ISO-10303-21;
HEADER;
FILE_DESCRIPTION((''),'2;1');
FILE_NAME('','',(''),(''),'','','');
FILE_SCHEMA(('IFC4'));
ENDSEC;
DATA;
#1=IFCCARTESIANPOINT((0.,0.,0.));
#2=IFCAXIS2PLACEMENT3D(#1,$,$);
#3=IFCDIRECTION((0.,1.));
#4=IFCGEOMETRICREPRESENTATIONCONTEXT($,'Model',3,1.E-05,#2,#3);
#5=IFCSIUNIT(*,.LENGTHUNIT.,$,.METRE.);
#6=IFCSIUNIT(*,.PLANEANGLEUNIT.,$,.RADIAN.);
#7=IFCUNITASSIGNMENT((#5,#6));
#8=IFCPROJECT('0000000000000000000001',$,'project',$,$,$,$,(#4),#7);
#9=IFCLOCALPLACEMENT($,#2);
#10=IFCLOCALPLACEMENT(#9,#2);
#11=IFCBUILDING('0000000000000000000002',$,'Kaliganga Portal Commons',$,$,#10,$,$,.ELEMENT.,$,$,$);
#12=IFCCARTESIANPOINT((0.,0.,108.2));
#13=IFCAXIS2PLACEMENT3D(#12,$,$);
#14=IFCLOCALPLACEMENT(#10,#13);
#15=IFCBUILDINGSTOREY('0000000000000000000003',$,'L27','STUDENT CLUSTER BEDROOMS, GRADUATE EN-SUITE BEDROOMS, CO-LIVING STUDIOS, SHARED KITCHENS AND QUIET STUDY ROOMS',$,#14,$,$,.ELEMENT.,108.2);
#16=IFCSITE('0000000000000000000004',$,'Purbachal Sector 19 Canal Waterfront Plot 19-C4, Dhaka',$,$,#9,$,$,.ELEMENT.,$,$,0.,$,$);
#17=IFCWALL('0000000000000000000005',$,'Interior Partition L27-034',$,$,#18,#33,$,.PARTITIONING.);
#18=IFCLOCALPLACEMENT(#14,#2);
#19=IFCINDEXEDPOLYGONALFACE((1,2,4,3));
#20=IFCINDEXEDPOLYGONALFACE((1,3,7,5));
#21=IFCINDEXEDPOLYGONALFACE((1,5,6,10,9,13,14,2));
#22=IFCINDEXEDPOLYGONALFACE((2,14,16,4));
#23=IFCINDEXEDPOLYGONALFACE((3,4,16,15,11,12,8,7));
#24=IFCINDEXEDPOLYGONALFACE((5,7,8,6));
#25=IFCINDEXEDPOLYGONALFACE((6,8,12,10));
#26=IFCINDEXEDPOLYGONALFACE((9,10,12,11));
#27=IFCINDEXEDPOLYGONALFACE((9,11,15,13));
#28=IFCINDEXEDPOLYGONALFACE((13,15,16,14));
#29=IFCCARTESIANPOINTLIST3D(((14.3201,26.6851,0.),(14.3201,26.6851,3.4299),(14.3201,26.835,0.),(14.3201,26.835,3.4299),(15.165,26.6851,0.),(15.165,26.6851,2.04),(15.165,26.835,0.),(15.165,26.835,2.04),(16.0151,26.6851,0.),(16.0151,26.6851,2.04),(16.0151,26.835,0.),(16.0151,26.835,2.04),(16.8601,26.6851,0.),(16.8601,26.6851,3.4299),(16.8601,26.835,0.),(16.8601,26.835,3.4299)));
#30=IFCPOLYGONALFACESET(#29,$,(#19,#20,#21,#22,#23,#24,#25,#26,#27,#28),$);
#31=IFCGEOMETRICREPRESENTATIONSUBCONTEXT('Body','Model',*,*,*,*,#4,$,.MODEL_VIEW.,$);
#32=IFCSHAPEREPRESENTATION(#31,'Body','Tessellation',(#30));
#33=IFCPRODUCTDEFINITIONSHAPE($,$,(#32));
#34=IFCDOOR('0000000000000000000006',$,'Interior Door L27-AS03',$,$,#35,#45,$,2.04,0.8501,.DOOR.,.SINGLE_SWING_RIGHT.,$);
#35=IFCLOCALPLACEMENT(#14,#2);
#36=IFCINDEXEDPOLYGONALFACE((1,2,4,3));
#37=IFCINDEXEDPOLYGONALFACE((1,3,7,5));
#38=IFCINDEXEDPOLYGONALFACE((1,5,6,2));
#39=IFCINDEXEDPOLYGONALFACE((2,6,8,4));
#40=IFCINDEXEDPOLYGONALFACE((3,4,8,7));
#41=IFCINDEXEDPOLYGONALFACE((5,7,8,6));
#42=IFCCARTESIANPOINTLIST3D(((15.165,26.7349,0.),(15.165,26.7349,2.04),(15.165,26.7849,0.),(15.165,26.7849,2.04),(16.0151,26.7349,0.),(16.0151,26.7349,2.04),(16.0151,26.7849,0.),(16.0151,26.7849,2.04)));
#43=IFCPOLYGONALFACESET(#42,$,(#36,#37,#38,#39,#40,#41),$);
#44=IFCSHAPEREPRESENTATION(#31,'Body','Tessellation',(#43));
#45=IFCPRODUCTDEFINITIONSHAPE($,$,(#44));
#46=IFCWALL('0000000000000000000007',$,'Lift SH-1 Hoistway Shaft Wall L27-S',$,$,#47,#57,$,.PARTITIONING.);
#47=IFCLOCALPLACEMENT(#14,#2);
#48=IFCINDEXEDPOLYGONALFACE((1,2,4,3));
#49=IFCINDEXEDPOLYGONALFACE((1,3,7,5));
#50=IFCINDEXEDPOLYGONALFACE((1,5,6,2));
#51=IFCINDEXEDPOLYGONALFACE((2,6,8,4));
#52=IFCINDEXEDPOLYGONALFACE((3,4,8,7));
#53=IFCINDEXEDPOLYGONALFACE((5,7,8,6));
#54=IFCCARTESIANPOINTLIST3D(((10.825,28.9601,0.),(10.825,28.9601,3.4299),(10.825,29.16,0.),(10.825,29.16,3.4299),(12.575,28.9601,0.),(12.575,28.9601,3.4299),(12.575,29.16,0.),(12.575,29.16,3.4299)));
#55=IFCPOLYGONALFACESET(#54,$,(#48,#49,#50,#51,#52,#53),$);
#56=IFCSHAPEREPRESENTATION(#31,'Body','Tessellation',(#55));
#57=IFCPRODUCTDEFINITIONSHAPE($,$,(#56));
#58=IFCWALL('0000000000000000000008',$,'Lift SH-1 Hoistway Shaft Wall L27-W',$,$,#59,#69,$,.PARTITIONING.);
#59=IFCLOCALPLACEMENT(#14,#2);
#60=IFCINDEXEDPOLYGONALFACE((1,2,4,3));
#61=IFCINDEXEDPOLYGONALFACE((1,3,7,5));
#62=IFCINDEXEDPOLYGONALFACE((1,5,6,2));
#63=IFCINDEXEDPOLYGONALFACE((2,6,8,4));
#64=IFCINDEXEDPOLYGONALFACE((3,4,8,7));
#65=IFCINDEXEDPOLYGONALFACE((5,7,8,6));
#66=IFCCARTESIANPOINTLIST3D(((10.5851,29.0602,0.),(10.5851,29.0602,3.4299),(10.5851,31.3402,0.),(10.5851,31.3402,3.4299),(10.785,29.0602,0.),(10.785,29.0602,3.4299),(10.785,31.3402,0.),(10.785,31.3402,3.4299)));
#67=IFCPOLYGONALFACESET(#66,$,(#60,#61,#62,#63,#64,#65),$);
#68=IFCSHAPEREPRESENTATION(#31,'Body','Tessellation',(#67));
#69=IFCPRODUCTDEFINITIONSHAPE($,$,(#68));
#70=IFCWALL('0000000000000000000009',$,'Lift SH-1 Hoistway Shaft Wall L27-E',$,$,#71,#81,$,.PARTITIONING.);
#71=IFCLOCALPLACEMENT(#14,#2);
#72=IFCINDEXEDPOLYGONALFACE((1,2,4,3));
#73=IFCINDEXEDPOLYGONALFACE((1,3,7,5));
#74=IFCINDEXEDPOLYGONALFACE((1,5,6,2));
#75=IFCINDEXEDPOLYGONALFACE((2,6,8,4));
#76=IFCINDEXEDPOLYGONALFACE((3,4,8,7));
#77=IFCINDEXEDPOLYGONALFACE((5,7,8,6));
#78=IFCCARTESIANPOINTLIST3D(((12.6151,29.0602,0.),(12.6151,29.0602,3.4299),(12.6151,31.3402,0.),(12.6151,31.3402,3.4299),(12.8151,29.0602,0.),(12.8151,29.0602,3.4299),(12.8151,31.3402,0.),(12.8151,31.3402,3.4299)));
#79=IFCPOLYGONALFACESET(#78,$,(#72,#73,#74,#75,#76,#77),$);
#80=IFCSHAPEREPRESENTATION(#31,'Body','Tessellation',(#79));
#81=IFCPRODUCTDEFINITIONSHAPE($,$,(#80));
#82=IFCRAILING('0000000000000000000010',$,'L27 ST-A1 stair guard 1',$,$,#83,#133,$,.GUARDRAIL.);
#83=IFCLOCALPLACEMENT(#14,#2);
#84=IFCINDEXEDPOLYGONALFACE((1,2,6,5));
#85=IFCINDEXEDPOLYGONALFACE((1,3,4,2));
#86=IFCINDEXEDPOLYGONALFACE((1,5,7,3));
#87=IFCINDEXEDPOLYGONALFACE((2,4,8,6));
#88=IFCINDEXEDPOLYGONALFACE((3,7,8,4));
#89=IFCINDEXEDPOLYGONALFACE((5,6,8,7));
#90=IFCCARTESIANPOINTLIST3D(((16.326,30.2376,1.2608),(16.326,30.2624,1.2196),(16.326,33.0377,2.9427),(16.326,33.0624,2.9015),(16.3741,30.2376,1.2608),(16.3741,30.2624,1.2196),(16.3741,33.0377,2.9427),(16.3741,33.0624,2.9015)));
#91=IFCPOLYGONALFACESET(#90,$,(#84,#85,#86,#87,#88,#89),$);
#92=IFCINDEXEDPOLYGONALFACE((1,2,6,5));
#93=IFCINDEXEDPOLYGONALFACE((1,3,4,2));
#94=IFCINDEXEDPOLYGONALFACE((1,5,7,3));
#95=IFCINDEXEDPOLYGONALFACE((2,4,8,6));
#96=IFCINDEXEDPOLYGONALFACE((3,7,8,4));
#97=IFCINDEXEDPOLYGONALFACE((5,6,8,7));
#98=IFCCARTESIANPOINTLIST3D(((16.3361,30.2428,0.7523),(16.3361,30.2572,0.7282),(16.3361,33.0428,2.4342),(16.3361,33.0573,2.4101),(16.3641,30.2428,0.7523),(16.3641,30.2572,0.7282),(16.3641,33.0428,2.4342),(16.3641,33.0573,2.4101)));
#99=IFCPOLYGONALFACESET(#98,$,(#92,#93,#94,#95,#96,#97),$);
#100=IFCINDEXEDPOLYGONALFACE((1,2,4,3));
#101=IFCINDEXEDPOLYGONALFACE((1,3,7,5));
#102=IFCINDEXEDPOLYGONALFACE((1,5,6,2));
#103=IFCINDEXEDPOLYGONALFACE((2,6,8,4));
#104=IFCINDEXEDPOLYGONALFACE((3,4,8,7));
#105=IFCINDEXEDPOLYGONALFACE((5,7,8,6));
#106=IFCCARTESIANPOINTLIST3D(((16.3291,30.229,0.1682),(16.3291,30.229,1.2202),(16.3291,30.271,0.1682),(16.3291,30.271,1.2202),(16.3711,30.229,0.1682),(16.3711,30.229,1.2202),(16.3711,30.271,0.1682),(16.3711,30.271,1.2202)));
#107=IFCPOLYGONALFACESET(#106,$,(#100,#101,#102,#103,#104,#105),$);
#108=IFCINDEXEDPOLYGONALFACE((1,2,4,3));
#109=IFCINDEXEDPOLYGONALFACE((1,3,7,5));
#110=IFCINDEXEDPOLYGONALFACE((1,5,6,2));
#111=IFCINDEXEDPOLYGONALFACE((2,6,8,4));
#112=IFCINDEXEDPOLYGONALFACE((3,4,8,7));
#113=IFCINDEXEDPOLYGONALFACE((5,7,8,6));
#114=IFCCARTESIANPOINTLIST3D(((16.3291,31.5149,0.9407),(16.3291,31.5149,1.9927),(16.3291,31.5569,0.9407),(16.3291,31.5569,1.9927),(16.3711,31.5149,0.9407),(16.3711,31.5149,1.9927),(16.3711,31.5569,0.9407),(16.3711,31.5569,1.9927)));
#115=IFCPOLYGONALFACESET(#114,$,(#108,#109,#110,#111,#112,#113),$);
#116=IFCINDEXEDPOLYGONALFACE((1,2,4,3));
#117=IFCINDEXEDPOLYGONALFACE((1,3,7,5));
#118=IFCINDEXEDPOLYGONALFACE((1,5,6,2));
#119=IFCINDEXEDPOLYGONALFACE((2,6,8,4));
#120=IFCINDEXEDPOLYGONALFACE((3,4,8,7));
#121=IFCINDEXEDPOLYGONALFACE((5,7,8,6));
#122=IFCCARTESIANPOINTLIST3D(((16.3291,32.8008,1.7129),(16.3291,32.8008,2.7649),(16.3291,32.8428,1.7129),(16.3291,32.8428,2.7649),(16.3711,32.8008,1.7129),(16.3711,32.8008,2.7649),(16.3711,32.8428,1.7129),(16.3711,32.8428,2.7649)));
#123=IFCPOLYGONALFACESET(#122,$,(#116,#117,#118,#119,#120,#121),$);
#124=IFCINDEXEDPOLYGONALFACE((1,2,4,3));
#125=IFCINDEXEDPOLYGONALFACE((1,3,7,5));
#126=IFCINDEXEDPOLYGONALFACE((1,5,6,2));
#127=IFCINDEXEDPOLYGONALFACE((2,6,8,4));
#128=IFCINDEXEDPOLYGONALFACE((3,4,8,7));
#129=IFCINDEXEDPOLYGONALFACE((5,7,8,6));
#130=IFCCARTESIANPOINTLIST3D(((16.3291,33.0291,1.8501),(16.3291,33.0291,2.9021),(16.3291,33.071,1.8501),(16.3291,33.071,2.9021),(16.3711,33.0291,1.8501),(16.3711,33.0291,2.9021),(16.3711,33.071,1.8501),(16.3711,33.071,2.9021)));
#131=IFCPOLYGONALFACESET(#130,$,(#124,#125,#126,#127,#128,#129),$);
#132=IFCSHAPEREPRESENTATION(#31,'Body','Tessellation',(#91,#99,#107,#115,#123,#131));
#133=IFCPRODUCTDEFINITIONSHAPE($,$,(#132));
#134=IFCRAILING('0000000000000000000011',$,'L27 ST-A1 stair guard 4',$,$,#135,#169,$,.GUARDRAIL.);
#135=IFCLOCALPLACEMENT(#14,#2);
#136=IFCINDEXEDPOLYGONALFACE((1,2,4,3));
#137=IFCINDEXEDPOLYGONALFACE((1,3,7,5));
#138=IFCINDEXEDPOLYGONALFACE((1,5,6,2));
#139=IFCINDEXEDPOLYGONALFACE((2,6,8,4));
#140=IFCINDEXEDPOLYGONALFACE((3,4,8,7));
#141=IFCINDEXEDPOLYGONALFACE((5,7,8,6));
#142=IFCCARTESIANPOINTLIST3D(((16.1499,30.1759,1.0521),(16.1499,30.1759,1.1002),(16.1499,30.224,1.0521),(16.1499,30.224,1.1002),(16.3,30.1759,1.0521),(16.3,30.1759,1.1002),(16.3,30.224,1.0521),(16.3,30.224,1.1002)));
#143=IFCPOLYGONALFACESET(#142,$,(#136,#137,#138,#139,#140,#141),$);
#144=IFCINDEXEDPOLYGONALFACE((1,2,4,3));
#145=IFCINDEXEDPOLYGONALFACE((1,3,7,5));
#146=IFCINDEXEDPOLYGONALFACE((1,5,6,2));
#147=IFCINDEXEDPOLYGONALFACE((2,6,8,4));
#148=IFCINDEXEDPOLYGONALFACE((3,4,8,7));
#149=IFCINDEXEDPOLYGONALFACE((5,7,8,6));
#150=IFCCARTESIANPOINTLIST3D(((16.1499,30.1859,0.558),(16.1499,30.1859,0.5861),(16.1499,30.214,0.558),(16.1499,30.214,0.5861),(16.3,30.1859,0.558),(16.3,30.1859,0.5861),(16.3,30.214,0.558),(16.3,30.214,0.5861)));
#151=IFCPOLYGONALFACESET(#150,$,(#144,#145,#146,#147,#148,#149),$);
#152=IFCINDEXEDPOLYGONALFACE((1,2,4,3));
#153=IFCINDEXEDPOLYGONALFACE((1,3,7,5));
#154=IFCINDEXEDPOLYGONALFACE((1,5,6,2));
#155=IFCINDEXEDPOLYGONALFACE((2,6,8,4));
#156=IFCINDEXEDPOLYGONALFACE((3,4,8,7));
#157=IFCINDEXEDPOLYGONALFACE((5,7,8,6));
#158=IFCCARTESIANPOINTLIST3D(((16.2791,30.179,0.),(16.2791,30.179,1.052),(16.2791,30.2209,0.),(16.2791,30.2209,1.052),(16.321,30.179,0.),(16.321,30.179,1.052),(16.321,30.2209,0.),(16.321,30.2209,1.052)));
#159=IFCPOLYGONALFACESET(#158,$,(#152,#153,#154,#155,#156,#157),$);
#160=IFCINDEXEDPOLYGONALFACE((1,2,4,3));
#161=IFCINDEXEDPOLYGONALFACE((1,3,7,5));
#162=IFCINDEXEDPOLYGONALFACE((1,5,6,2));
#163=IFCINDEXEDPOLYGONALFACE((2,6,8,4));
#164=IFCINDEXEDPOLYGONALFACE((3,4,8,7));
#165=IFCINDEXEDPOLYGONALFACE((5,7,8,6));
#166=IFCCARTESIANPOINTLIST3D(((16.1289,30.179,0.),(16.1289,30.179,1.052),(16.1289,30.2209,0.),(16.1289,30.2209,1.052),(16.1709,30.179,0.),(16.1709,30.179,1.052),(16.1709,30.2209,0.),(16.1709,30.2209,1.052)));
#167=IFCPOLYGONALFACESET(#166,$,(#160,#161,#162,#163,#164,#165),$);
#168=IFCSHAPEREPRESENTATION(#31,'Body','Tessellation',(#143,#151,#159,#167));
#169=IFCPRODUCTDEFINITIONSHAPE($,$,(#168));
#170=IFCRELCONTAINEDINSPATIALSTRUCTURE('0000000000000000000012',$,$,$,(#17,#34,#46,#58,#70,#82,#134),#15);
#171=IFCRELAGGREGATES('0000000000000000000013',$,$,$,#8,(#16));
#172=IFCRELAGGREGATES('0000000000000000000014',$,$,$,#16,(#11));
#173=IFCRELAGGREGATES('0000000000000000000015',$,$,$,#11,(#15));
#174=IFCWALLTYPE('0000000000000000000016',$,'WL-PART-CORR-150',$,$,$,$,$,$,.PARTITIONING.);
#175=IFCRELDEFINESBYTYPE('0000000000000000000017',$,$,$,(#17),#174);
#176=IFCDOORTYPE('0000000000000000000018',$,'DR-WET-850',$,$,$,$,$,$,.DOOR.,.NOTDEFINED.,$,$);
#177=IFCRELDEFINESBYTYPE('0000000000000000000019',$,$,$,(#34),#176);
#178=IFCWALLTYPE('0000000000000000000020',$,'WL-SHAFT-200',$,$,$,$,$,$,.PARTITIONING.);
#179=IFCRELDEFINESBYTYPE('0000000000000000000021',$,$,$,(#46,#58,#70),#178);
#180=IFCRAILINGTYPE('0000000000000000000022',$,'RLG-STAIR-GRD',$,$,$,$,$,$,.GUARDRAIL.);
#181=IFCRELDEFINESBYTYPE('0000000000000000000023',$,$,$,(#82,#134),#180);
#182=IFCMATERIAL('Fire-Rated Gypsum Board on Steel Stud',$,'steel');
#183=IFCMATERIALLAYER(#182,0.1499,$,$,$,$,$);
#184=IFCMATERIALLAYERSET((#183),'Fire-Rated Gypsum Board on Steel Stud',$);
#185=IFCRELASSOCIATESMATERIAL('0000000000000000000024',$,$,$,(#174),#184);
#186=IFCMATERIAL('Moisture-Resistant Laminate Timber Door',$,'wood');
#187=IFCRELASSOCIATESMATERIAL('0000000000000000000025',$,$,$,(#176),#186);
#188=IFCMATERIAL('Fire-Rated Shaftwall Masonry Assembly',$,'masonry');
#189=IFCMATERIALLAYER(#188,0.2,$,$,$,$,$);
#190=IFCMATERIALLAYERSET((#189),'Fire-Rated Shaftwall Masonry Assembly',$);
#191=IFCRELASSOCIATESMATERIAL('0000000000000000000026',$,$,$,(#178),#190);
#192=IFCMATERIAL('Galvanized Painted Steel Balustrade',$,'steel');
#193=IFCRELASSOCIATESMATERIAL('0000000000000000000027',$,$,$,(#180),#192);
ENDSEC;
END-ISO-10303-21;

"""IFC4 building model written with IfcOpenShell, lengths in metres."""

from ifc_helpers import new_model, si_unit, direction, frame, frame_2d, origin, origin_2d, place, context, subcontext, project, spatial, rectangle, extrude, material, layer, layer_set, type_object, element, fill, save


model = new_model("IFC4")

# Units and contexts
model_context = context("Model", 3, precision=1e-05, world=origin(), true_north=direction((0.0, 1.0)))
body_context = subcontext(model_context, "Body", "Model", "MODEL_VIEW")
ifc_project = project(units=[si_unit("LENGTHUNIT", "METRE"), si_unit("PLANEANGLEUNIT", "RADIAN")], contexts=[model_context])

# Site, building, storey
site_placement = place(None, origin())
site = spatial("IfcSite", under=ifc_project, at=site_placement, Name="Purbachal Sector 19 Canal Waterfront Plot 19-C4, Dhaka", CompositionType="ELEMENT", RefElevation=0.0)
building_placement = place(site_placement, origin())
building = spatial("IfcBuilding", under=site, at=building_placement, Name="Kaliganga Portal Commons", CompositionType="ELEMENT")
storey_placement = place(building_placement, frame((0.0, 0.0, 108.2)))
storey = spatial("IfcBuildingStorey", under=building, at=storey_placement, Name="L27", Description="STUDENT CLUSTER BEDROOMS, GRADUATE EN-SUITE BEDROOMS, CO-LIVING STUDIOS, SHARED KITCHENS AND QUIET STUDY ROOMS", CompositionType="ELEMENT", Elevation=108.2)

# Wall, opening, door
ifc_material_1 = material(Name="Fire-Rated Gypsum Board on Steel Stud", Category="steel")
ifc_layer_1 = layer(ifc_material_1, 0.1499)
ifc_layer_set_1 = layer_set([ifc_layer_1], Name="Fire-Rated Gypsum Board on Steel Stud")
wall_type_1 = type_object("IfcWallType", Name="WL-PART-CORR-150", PredefinedType="PARTITIONING", material=ifc_layer_set_1)
wall_1_placement = place(storey_placement, frame((14.3201, 26.76, 0.0), z_axis=(0.0, 0.0, 1.0), x_axis=(1.0, 0.0, 0.0)))
wall_1 = element("IfcWall", 1, at=wall_1_placement, inside=storey, type_object=wall_type_1, Name="Interior Partition L27-034", PredefinedType="PARTITIONING", context=body_context, shape_type="SweptSolid", body=[
    extrude(rectangle(XDim=2.54, YDim=0.1499, at=frame_2d((1.27, 0.0))), origin(), (0.0, 0.0, 1.0), 3.4299),
])
opening_placement = place(wall_1_placement, frame((0.845, 0.0, 0.0)))
opening = element("IfcOpeningElement", 2, at=opening_placement, cuts=wall_1, PredefinedType="OPENING", context=body_context, shape_type="SweptSolid", body=[
    extrude(rectangle(XDim=0.8501, YDim=2.04, at=frame_2d((0.425, 1.02))), frame((0.0, 0.085, 0.0), z_axis=(0.0, -1.0, 0.0), x_axis=(1.0, 0.0, 0.0)), (0.0, 0.0, 1.0), 0.1699),
])
ifc_material_2 = material(Name="Moisture-Resistant Laminate Timber Door", Category="wood")
door_type = type_object("IfcDoorType", Name="DR-WET-850", OperationType="NOTDEFINED", PredefinedType="DOOR", material=ifc_material_2)
door_placement = place(opening_placement, origin())
door = element("IfcDoor", 3, at=door_placement, inside=storey, type_object=door_type, Name="Interior Door L27-AS03", OperationType="SINGLE_SWING_RIGHT", OverallHeight=2.04, OverallWidth=0.8501, PredefinedType="DOOR", context=body_context, shape_type="SweptSolid", body=[
    extrude(rectangle(XDim=0.8501, YDim=2.04, at=frame_2d((0.425, 1.02))), frame((0.0, 0.0249, 0.0), z_axis=(0.0, -1.0, 0.0), x_axis=(1.0, 0.0, 0.0)), (0.0, 0.0, 1.0), 0.05),
])
fill(opening, door)

# Walls
ifc_material_3 = material(Name="Fire-Rated Shaftwall Masonry Assembly", Category="masonry")
ifc_layer_2 = layer(ifc_material_3, 0.2)
ifc_layer_set_2 = layer_set([ifc_layer_2], Name="Fire-Rated Shaftwall Masonry Assembly")
wall_type_2 = type_object("IfcWallType", Name="WL-SHAFT-200", PredefinedType="PARTITIONING", material=ifc_layer_set_2)
wall_2_placement = place(storey_placement, frame((10.825, 29.0601, 0.0), z_axis=(0.0, 0.0, 1.0), x_axis=(1.0, 0.0, 0.0)))
element("IfcWall", 4, at=wall_2_placement, inside=storey, type_object=wall_type_2, Name="Lift SH-1 Hoistway Shaft Wall L27-S", PredefinedType="PARTITIONING", context=body_context, shape_type="SweptSolid", body=[
    extrude(rectangle(XDim=1.75, YDim=0.2, at=frame_2d((0.875, 0.0))), origin(), (0.0, 0.0, 1.0), 3.4299),
])
for number, where, z_axis, x_axis, name in (
    (5, (10.6851, 29.0601, 0.0), (0.0, 0.0, 1.0), (0.0, 1.0, 0.0), "Lift SH-1 Hoistway Shaft Wall L27-W"),
    (6, (12.7151, 29.0601, 0.0), (0.0, 0.0, 1.0), (0.0, 1.0, 0.0), "Lift SH-1 Hoistway Shaft Wall L27-E"),
):
    element("IfcWall", number, at=place(storey_placement, frame(where, z_axis=z_axis, x_axis=x_axis)), inside=storey, type_object=wall_type_2, Name=name, PredefinedType="PARTITIONING", context=body_context, shape_type="SweptSolid", body=[
        extrude(rectangle(XDim=2.28, YDim=0.2, at=frame_2d((1.1401, 0.0))), origin(), (0.0, 0.0, 1.0), 3.4299),
    ])

# Railings
ifc_material_4 = material(Name="Galvanized Painted Steel Balustrade", Category="steel")
railing_type = type_object("IfcRailingType", Name="RLG-STAIR-GRD", PredefinedType="GUARDRAIL", material=ifc_material_4)
railing_1_placement = place(storey_placement, frame((16.3501, 30.25, 0.1682)))
element("IfcRailing", 7, at=railing_1_placement, inside=storey, type_object=railing_type, Name="L27 ST-A1 stair guard 1", PredefinedType="GUARDRAIL", context=body_context, shape_type="SweptSolid", body=[
    extrude(rectangle(XDim=0.0481, YDim=0.0481, at=origin_2d()), frame((0.0, 0.0, 1.072), z_axis=(0.0, 0.857242, 0.514913), x_axis=(-1.0, 0.0, 0.0)), (0.0, 0.0, 1.0), 3.2664),
    extrude(rectangle(XDim=0.0281, YDim=0.0281, at=origin_2d()), frame((0.0, 0.0, 0.572), z_axis=(0.0, 0.857242, 0.514913), x_axis=(-1.0, 0.0, 0.0)), (0.0, 0.0, 1.0), 3.2664),
    extrude(rectangle(XDim=0.042, YDim=0.042, at=origin_2d()), origin(), (0.0, 0.0, 1.0), 1.052),
    extrude(rectangle(XDim=0.042, YDim=0.042, at=origin_2d()), frame((0.0, 1.2859, 0.7725)), (0.0, 0.0, 1.0), 1.052),
    extrude(rectangle(XDim=0.042, YDim=0.042, at=origin_2d()), frame((0.0, 2.5718, 1.5447)), (0.0, 0.0, 1.0), 1.052),
    extrude(rectangle(XDim=0.042, YDim=0.042, at=origin_2d()), frame((0.0, 2.8, 1.6819)), (0.0, 0.0, 1.0), 1.052),
])
railing_2_placement = place(storey_placement, frame((16.3, 30.2, 0.0)))
element("IfcRailing", 8, at=railing_2_placement, inside=storey, type_object=railing_type, Name="L27 ST-A1 stair guard 4", PredefinedType="GUARDRAIL", context=body_context, shape_type="SweptSolid", body=[
    extrude(rectangle(XDim=0.0481, YDim=0.0481, at=origin_2d()), frame((0.0, 0.0, 1.0762), z_axis=(-1.0, 0.0, 0.0), x_axis=(0.0, -1.0, 0.0)), (0.0, 0.0, 1.0), 0.1501),
    extrude(rectangle(XDim=0.0281, YDim=0.0281, at=origin_2d()), frame((0.0, 0.0, 0.572), z_axis=(-1.0, 0.0, 0.0), x_axis=(0.0, -1.0, 0.0)), (0.0, 0.0, 1.0), 0.1501),
    extrude(rectangle(XDim=0.042, YDim=0.042, at=origin_2d()), origin(), (0.0, 0.0, 1.0), 1.052),
    extrude(rectangle(XDim=0.042, YDim=0.042, at=origin_2d()), frame((-0.1501, 0.0, 0.0)), (0.0, 0.0, 1.0), 1.052),
])

save(model, "model.ifc")
